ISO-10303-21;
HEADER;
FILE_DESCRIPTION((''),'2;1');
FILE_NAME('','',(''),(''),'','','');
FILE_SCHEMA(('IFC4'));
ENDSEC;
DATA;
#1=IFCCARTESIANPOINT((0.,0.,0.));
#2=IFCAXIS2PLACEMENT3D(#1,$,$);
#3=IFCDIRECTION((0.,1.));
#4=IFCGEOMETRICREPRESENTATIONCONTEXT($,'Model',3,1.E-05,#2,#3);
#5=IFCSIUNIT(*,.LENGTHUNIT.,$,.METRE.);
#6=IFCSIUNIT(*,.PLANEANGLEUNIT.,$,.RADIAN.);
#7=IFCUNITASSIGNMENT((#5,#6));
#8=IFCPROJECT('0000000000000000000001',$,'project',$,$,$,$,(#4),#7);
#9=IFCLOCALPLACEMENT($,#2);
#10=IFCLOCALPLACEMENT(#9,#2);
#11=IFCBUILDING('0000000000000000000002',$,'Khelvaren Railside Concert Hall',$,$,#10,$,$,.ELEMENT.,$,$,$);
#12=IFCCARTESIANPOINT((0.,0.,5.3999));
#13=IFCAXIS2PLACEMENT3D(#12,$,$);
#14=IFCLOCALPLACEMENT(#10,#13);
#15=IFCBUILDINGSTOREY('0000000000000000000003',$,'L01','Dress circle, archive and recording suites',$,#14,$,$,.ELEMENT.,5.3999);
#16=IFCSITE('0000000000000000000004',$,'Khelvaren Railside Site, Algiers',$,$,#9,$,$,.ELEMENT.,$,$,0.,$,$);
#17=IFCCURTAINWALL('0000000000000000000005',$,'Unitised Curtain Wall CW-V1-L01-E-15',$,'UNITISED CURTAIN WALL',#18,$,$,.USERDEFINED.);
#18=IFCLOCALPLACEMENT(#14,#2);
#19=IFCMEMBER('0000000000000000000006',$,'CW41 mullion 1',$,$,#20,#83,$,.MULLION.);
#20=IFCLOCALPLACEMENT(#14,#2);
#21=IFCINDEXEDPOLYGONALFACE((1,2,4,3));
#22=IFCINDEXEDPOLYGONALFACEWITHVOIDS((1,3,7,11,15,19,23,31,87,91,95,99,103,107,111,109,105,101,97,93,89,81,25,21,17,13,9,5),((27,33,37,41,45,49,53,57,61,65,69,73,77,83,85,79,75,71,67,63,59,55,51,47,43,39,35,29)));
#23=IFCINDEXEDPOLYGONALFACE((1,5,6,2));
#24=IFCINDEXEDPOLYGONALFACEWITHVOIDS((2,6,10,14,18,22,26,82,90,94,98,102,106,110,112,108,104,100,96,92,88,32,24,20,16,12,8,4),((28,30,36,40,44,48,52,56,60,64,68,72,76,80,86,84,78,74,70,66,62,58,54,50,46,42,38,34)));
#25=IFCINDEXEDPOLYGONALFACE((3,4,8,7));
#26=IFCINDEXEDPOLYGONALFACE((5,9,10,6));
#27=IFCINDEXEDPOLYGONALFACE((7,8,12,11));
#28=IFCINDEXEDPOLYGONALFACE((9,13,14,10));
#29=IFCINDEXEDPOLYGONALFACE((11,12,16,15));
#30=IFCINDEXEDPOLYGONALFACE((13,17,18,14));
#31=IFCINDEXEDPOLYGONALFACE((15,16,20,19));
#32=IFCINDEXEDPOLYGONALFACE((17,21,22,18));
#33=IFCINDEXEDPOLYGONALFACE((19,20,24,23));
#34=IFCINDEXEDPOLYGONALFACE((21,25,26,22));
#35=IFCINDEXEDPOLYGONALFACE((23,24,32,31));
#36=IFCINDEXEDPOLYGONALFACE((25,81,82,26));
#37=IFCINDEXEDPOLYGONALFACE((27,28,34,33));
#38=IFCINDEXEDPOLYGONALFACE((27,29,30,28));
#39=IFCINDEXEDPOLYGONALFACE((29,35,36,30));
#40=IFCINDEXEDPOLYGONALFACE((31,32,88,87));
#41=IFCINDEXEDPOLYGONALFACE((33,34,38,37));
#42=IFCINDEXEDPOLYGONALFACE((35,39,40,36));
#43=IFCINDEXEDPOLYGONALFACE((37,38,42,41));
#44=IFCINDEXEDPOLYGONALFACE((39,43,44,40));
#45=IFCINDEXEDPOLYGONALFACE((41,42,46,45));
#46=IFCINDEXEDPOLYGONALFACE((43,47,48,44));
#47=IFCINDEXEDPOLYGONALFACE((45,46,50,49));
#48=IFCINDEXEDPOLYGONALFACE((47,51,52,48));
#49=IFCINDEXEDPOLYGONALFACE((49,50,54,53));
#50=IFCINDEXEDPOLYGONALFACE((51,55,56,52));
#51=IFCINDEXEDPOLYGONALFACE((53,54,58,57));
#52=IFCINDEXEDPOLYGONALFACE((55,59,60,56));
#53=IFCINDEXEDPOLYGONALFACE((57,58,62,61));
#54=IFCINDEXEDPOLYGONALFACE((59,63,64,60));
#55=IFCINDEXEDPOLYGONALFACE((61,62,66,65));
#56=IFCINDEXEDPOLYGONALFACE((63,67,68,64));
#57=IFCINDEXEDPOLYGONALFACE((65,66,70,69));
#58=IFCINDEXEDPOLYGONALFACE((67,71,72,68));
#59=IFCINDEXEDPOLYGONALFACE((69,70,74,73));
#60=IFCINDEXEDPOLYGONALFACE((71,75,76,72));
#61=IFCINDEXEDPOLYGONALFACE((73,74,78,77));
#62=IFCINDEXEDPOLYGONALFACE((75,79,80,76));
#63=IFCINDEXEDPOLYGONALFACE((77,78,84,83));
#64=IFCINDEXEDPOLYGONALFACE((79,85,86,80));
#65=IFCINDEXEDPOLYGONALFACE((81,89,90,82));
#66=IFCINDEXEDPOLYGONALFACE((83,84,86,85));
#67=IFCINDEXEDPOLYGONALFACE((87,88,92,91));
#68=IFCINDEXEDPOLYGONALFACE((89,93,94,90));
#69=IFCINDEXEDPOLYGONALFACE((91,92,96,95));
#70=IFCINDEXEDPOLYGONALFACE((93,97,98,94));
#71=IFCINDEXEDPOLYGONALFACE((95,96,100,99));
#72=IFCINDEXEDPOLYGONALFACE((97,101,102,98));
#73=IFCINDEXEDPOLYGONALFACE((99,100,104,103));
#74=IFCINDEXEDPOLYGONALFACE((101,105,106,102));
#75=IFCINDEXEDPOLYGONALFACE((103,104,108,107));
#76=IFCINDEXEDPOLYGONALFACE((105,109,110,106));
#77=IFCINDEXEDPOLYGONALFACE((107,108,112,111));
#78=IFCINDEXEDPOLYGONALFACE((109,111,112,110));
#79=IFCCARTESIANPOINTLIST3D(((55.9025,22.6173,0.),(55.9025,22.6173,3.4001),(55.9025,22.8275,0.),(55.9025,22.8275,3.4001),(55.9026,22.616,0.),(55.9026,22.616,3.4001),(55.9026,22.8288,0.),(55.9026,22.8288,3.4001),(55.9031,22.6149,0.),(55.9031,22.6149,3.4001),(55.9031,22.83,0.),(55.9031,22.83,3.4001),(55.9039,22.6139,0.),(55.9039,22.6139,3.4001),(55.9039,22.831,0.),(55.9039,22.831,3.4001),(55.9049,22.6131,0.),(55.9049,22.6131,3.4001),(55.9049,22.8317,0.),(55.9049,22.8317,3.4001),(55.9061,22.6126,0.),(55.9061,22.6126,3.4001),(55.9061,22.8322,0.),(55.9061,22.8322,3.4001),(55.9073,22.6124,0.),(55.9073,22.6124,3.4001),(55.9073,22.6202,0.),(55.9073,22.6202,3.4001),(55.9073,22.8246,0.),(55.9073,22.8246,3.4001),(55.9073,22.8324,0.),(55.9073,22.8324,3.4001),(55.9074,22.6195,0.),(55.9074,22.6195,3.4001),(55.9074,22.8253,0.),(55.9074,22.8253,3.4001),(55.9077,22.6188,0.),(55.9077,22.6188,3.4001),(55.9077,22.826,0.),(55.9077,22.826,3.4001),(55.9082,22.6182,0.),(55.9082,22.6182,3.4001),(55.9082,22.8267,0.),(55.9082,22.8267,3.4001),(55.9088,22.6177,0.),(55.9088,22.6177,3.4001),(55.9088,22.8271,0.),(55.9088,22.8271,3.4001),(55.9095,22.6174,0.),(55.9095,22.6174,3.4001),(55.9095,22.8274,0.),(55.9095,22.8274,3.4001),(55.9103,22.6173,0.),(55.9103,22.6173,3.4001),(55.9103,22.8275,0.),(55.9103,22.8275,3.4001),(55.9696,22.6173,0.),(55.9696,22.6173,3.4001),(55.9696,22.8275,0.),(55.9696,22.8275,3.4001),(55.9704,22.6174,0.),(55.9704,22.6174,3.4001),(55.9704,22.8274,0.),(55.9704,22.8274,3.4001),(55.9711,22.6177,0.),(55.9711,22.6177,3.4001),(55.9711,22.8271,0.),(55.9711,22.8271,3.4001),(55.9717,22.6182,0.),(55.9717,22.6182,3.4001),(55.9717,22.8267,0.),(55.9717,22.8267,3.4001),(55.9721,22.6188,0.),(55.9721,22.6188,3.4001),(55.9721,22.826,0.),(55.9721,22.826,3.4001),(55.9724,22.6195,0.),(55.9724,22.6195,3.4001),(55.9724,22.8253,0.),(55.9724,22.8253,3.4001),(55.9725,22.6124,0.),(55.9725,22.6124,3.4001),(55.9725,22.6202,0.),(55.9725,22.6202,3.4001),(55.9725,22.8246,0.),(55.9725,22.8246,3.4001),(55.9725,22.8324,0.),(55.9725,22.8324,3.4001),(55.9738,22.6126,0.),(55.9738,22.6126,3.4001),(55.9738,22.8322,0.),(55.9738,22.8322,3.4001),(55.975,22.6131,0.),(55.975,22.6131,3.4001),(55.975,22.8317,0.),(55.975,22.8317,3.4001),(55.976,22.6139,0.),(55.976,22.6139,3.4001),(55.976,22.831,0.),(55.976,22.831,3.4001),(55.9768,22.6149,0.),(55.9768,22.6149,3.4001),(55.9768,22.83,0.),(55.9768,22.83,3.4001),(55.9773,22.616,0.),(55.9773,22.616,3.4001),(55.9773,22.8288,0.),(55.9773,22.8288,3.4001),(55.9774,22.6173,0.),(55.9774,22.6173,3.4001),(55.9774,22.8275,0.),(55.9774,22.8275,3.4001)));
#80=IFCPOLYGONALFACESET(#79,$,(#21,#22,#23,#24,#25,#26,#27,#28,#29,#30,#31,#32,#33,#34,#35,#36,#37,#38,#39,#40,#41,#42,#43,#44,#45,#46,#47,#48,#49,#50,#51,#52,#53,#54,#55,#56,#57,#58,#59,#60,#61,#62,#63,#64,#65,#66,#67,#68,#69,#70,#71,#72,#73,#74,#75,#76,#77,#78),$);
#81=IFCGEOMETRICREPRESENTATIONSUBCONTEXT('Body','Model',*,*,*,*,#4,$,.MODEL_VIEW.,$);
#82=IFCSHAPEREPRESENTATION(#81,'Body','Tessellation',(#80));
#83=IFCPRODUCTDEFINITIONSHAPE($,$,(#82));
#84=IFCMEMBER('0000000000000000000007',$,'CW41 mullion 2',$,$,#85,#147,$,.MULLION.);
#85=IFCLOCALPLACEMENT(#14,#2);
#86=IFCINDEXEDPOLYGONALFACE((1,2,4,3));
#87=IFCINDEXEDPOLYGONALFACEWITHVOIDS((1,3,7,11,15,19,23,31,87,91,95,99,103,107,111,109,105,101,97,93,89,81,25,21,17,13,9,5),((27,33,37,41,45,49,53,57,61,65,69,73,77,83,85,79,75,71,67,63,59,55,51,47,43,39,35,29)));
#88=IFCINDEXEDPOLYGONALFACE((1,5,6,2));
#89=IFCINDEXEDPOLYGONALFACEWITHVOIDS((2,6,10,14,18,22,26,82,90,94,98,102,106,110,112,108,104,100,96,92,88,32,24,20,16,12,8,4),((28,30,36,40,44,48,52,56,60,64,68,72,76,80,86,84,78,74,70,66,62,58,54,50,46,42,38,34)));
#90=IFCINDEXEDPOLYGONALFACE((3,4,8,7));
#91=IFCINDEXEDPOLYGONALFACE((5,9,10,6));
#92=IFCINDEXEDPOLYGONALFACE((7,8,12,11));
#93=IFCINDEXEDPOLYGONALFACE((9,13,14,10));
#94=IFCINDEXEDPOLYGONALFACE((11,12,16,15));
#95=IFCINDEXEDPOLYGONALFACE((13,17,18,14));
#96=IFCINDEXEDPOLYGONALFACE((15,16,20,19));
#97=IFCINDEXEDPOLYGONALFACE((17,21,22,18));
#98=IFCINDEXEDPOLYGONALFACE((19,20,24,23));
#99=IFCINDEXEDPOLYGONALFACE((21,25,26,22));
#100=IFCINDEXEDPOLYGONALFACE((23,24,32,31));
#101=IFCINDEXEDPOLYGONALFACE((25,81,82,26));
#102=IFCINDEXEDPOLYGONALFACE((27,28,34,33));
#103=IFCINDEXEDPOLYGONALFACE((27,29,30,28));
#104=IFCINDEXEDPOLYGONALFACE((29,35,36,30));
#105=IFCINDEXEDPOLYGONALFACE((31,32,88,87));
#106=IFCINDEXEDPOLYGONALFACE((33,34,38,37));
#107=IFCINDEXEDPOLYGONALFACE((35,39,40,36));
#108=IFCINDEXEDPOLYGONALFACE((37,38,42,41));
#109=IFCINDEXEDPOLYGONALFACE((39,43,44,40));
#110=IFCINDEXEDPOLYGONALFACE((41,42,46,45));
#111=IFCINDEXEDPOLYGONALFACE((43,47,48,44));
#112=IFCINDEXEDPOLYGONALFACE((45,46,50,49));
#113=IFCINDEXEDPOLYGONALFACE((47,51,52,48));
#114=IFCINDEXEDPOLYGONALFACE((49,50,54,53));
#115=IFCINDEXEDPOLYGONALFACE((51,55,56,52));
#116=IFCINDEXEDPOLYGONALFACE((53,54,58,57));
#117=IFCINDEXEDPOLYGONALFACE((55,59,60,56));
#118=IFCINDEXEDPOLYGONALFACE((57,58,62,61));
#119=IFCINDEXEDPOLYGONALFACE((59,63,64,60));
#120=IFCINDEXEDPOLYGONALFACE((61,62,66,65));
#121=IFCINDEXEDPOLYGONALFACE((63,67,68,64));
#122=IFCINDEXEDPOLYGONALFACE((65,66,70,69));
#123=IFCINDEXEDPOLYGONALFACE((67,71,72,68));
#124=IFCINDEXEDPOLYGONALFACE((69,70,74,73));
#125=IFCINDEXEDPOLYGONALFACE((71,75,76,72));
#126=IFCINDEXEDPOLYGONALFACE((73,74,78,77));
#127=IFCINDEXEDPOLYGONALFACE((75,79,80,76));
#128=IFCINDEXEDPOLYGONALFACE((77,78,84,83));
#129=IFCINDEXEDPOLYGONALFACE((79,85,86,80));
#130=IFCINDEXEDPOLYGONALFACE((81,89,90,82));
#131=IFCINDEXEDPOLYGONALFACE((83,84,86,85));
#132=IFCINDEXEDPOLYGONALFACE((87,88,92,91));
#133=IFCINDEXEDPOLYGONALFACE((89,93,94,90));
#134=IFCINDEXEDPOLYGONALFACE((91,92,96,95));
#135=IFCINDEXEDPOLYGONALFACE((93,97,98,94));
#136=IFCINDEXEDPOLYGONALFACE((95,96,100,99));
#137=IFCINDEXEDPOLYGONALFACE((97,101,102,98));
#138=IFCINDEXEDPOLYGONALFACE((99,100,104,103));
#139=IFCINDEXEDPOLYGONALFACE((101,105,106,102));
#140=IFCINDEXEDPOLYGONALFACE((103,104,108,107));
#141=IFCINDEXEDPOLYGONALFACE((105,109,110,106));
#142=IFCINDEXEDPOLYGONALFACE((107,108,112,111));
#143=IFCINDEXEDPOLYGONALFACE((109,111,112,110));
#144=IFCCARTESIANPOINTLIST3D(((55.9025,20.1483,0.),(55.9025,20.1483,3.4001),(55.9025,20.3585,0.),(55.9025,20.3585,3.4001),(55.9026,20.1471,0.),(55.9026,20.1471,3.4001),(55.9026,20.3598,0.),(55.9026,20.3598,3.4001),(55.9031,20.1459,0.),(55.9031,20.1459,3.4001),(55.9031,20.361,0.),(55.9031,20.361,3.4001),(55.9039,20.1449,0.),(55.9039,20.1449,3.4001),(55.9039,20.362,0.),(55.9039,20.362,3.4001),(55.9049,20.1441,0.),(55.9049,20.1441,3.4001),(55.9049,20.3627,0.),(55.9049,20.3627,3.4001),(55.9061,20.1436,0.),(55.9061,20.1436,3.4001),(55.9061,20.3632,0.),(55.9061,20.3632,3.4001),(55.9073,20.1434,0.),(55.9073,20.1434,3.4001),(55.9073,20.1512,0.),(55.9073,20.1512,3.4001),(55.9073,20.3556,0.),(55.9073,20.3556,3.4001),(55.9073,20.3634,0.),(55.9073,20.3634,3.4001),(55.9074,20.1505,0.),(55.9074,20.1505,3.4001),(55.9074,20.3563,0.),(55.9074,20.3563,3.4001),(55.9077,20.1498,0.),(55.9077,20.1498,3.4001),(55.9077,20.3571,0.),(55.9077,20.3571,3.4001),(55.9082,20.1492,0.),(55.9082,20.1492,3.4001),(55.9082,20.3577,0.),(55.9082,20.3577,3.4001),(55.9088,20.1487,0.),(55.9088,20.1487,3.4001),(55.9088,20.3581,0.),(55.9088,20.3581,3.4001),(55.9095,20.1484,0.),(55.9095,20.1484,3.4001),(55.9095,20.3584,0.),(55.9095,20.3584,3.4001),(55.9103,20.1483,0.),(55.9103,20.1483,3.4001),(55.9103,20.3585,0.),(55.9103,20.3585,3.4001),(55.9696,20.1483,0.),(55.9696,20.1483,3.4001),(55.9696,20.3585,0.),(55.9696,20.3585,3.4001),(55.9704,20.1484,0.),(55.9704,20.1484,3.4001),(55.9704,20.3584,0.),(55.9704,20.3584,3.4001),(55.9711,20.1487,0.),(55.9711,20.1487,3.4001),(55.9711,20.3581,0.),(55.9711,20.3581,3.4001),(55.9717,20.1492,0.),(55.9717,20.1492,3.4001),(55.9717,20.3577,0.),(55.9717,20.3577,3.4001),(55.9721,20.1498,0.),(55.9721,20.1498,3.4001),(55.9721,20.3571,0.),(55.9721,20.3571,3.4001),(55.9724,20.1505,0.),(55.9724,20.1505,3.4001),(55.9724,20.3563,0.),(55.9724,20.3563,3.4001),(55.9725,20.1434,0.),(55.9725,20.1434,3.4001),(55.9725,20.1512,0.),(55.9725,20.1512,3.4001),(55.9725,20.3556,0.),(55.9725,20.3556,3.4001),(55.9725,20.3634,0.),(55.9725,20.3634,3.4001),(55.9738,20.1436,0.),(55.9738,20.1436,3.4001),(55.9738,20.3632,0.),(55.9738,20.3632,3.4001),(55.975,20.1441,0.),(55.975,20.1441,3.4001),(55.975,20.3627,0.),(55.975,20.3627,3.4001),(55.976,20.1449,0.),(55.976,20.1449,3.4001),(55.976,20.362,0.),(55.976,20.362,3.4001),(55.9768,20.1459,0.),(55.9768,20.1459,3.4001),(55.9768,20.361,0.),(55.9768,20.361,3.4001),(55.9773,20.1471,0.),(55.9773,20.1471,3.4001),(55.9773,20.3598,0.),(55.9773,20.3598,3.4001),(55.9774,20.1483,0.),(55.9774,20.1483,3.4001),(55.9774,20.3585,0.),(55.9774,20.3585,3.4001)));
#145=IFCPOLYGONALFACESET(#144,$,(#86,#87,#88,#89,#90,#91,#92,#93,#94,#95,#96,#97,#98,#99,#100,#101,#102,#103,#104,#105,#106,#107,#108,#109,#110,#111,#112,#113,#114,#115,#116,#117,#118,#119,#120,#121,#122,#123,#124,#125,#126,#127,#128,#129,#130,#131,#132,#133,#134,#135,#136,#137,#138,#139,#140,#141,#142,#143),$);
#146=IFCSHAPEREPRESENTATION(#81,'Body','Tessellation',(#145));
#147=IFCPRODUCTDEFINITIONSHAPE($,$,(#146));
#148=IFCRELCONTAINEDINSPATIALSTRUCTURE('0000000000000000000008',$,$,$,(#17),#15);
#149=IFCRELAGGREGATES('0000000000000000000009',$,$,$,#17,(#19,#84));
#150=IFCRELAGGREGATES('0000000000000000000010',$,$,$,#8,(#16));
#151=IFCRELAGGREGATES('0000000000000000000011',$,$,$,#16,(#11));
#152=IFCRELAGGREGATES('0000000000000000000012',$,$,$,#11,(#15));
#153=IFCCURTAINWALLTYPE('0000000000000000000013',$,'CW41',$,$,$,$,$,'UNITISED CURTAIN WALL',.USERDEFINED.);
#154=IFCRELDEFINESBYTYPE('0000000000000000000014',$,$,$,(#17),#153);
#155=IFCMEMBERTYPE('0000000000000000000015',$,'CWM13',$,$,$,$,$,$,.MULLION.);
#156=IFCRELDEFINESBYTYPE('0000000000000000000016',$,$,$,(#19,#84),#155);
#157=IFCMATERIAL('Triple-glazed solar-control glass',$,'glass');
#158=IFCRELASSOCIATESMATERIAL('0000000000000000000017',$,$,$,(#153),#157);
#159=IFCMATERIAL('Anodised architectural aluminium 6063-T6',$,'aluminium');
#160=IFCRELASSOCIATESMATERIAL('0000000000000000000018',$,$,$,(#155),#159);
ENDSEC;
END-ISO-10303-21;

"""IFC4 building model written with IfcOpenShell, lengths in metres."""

from ifc_helpers import new_model, si_unit, direction, frame, origin, origin_2d, place, context, subcontext, project, spatial, hollow_rectangle, extrude, material, material_profile, profile_set, type_object, element, aggregate, save


model = new_model("IFC4")

# Units and contexts
model_context = context("Model", 3, precision=1e-05, world=origin(), true_north=direction((0.0, 1.0)))
body_context = subcontext(model_context, "Body", "Model", "MODEL_VIEW")
ifc_project = project(units=[si_unit("LENGTHUNIT", "METRE"), si_unit("PLANEANGLEUNIT", "RADIAN")], contexts=[model_context])

# Site, building, storey
site_placement = place(None, origin())
site = spatial("IfcSite", under=ifc_project, at=site_placement, Name="Khelvaren Railside Site, Algiers", CompositionType="ELEMENT", RefElevation=0.0)
building_placement = place(site_placement, origin())
building = spatial("IfcBuilding", under=site, at=building_placement, Name="Khelvaren Railside Concert Hall", CompositionType="ELEMENT")
storey_placement = place(building_placement, frame((0.0, 0.0, 5.3999)))
storey = spatial("IfcBuildingStorey", under=building, at=storey_placement, Name="L01", Description="Dress circle, archive and recording suites", CompositionType="ELEMENT", Elevation=5.3999)

# Curtain wall, members
ifc_material_1 = material(Name="Triple-glazed solar-control glass", Category="glass")
curtain_wall_type = type_object("IfcCurtainWallType", Name="CW41", ElementType="UNITISED CURTAIN WALL", PredefinedType="USERDEFINED", material=ifc_material_1)
curtain_wall_placement = place(storey_placement, origin())
curtain_wall = element("IfcCurtainWall", 1, at=curtain_wall_placement, inside=storey, type_object=curtain_wall_type, Name="Unitised Curtain Wall CW-V1-L01-E-15", ObjectType="UNITISED CURTAIN WALL", PredefinedType="USERDEFINED")
ifc_material_2 = material(Name="Anodised architectural aluminium 6063-T6", Category="aluminium")
ifc_material_profile_1 = material_profile(ifc_material_2, hollow_rectangle(XDim=0.075, YDim=0.22, WallThickness=0.0049, InnerFilletRadius=0.0029, OuterFilletRadius=0.0049, at=origin_2d()), Name="CWM 75x220x5")
ifc_profile_set_1 = profile_set([ifc_material_profile_1], Name="Anodised architectural aluminium 6063-T6")
member_type_1 = type_object("IfcMemberType", Name="CWM13", PredefinedType="MULLION", material=ifc_profile_set_1)
member_1_placement = place(storey_placement, frame((55.9399, 22.7224, 0.0), z_axis=(0.0, 0.0, 1.0), x_axis=(1.0, 0.0, 0.0)))
member_1 = element("IfcMember", 2, at=member_1_placement, type_object=member_type_1, Name="CW41 mullion 1", PredefinedType="MULLION", context=body_context, shape_type="SweptSolid", body=[
    extrude(hollow_rectangle(XDim=0.075, YDim=0.22, WallThickness=0.0049, InnerFilletRadius=0.0029, OuterFilletRadius=0.0049, at=origin_2d()), origin(), (0.0, 0.0, 1.0), 3.4001),
])
member_2_placement = place(storey_placement, frame((55.9399, 20.2534, 0.0), z_axis=(0.0, 0.0, 1.0), x_axis=(1.0, 0.0, 0.0)))
member_2 = element("IfcMember", 3, at=member_2_placement, type_object=member_type_1, Name="CW41 mullion 2", PredefinedType="MULLION", context=body_context, shape_type="SweptSolid", body=[
    extrude(hollow_rectangle(XDim=0.075, YDim=0.22, WallThickness=0.0049, InnerFilletRadius=0.0029, OuterFilletRadius=0.0049, at=origin_2d()), origin(), (0.0, 0.0, 1.0), 3.4001),
])

aggregate(curtain_wall, [member_1, member_2])

save(model, "model.ifc")
